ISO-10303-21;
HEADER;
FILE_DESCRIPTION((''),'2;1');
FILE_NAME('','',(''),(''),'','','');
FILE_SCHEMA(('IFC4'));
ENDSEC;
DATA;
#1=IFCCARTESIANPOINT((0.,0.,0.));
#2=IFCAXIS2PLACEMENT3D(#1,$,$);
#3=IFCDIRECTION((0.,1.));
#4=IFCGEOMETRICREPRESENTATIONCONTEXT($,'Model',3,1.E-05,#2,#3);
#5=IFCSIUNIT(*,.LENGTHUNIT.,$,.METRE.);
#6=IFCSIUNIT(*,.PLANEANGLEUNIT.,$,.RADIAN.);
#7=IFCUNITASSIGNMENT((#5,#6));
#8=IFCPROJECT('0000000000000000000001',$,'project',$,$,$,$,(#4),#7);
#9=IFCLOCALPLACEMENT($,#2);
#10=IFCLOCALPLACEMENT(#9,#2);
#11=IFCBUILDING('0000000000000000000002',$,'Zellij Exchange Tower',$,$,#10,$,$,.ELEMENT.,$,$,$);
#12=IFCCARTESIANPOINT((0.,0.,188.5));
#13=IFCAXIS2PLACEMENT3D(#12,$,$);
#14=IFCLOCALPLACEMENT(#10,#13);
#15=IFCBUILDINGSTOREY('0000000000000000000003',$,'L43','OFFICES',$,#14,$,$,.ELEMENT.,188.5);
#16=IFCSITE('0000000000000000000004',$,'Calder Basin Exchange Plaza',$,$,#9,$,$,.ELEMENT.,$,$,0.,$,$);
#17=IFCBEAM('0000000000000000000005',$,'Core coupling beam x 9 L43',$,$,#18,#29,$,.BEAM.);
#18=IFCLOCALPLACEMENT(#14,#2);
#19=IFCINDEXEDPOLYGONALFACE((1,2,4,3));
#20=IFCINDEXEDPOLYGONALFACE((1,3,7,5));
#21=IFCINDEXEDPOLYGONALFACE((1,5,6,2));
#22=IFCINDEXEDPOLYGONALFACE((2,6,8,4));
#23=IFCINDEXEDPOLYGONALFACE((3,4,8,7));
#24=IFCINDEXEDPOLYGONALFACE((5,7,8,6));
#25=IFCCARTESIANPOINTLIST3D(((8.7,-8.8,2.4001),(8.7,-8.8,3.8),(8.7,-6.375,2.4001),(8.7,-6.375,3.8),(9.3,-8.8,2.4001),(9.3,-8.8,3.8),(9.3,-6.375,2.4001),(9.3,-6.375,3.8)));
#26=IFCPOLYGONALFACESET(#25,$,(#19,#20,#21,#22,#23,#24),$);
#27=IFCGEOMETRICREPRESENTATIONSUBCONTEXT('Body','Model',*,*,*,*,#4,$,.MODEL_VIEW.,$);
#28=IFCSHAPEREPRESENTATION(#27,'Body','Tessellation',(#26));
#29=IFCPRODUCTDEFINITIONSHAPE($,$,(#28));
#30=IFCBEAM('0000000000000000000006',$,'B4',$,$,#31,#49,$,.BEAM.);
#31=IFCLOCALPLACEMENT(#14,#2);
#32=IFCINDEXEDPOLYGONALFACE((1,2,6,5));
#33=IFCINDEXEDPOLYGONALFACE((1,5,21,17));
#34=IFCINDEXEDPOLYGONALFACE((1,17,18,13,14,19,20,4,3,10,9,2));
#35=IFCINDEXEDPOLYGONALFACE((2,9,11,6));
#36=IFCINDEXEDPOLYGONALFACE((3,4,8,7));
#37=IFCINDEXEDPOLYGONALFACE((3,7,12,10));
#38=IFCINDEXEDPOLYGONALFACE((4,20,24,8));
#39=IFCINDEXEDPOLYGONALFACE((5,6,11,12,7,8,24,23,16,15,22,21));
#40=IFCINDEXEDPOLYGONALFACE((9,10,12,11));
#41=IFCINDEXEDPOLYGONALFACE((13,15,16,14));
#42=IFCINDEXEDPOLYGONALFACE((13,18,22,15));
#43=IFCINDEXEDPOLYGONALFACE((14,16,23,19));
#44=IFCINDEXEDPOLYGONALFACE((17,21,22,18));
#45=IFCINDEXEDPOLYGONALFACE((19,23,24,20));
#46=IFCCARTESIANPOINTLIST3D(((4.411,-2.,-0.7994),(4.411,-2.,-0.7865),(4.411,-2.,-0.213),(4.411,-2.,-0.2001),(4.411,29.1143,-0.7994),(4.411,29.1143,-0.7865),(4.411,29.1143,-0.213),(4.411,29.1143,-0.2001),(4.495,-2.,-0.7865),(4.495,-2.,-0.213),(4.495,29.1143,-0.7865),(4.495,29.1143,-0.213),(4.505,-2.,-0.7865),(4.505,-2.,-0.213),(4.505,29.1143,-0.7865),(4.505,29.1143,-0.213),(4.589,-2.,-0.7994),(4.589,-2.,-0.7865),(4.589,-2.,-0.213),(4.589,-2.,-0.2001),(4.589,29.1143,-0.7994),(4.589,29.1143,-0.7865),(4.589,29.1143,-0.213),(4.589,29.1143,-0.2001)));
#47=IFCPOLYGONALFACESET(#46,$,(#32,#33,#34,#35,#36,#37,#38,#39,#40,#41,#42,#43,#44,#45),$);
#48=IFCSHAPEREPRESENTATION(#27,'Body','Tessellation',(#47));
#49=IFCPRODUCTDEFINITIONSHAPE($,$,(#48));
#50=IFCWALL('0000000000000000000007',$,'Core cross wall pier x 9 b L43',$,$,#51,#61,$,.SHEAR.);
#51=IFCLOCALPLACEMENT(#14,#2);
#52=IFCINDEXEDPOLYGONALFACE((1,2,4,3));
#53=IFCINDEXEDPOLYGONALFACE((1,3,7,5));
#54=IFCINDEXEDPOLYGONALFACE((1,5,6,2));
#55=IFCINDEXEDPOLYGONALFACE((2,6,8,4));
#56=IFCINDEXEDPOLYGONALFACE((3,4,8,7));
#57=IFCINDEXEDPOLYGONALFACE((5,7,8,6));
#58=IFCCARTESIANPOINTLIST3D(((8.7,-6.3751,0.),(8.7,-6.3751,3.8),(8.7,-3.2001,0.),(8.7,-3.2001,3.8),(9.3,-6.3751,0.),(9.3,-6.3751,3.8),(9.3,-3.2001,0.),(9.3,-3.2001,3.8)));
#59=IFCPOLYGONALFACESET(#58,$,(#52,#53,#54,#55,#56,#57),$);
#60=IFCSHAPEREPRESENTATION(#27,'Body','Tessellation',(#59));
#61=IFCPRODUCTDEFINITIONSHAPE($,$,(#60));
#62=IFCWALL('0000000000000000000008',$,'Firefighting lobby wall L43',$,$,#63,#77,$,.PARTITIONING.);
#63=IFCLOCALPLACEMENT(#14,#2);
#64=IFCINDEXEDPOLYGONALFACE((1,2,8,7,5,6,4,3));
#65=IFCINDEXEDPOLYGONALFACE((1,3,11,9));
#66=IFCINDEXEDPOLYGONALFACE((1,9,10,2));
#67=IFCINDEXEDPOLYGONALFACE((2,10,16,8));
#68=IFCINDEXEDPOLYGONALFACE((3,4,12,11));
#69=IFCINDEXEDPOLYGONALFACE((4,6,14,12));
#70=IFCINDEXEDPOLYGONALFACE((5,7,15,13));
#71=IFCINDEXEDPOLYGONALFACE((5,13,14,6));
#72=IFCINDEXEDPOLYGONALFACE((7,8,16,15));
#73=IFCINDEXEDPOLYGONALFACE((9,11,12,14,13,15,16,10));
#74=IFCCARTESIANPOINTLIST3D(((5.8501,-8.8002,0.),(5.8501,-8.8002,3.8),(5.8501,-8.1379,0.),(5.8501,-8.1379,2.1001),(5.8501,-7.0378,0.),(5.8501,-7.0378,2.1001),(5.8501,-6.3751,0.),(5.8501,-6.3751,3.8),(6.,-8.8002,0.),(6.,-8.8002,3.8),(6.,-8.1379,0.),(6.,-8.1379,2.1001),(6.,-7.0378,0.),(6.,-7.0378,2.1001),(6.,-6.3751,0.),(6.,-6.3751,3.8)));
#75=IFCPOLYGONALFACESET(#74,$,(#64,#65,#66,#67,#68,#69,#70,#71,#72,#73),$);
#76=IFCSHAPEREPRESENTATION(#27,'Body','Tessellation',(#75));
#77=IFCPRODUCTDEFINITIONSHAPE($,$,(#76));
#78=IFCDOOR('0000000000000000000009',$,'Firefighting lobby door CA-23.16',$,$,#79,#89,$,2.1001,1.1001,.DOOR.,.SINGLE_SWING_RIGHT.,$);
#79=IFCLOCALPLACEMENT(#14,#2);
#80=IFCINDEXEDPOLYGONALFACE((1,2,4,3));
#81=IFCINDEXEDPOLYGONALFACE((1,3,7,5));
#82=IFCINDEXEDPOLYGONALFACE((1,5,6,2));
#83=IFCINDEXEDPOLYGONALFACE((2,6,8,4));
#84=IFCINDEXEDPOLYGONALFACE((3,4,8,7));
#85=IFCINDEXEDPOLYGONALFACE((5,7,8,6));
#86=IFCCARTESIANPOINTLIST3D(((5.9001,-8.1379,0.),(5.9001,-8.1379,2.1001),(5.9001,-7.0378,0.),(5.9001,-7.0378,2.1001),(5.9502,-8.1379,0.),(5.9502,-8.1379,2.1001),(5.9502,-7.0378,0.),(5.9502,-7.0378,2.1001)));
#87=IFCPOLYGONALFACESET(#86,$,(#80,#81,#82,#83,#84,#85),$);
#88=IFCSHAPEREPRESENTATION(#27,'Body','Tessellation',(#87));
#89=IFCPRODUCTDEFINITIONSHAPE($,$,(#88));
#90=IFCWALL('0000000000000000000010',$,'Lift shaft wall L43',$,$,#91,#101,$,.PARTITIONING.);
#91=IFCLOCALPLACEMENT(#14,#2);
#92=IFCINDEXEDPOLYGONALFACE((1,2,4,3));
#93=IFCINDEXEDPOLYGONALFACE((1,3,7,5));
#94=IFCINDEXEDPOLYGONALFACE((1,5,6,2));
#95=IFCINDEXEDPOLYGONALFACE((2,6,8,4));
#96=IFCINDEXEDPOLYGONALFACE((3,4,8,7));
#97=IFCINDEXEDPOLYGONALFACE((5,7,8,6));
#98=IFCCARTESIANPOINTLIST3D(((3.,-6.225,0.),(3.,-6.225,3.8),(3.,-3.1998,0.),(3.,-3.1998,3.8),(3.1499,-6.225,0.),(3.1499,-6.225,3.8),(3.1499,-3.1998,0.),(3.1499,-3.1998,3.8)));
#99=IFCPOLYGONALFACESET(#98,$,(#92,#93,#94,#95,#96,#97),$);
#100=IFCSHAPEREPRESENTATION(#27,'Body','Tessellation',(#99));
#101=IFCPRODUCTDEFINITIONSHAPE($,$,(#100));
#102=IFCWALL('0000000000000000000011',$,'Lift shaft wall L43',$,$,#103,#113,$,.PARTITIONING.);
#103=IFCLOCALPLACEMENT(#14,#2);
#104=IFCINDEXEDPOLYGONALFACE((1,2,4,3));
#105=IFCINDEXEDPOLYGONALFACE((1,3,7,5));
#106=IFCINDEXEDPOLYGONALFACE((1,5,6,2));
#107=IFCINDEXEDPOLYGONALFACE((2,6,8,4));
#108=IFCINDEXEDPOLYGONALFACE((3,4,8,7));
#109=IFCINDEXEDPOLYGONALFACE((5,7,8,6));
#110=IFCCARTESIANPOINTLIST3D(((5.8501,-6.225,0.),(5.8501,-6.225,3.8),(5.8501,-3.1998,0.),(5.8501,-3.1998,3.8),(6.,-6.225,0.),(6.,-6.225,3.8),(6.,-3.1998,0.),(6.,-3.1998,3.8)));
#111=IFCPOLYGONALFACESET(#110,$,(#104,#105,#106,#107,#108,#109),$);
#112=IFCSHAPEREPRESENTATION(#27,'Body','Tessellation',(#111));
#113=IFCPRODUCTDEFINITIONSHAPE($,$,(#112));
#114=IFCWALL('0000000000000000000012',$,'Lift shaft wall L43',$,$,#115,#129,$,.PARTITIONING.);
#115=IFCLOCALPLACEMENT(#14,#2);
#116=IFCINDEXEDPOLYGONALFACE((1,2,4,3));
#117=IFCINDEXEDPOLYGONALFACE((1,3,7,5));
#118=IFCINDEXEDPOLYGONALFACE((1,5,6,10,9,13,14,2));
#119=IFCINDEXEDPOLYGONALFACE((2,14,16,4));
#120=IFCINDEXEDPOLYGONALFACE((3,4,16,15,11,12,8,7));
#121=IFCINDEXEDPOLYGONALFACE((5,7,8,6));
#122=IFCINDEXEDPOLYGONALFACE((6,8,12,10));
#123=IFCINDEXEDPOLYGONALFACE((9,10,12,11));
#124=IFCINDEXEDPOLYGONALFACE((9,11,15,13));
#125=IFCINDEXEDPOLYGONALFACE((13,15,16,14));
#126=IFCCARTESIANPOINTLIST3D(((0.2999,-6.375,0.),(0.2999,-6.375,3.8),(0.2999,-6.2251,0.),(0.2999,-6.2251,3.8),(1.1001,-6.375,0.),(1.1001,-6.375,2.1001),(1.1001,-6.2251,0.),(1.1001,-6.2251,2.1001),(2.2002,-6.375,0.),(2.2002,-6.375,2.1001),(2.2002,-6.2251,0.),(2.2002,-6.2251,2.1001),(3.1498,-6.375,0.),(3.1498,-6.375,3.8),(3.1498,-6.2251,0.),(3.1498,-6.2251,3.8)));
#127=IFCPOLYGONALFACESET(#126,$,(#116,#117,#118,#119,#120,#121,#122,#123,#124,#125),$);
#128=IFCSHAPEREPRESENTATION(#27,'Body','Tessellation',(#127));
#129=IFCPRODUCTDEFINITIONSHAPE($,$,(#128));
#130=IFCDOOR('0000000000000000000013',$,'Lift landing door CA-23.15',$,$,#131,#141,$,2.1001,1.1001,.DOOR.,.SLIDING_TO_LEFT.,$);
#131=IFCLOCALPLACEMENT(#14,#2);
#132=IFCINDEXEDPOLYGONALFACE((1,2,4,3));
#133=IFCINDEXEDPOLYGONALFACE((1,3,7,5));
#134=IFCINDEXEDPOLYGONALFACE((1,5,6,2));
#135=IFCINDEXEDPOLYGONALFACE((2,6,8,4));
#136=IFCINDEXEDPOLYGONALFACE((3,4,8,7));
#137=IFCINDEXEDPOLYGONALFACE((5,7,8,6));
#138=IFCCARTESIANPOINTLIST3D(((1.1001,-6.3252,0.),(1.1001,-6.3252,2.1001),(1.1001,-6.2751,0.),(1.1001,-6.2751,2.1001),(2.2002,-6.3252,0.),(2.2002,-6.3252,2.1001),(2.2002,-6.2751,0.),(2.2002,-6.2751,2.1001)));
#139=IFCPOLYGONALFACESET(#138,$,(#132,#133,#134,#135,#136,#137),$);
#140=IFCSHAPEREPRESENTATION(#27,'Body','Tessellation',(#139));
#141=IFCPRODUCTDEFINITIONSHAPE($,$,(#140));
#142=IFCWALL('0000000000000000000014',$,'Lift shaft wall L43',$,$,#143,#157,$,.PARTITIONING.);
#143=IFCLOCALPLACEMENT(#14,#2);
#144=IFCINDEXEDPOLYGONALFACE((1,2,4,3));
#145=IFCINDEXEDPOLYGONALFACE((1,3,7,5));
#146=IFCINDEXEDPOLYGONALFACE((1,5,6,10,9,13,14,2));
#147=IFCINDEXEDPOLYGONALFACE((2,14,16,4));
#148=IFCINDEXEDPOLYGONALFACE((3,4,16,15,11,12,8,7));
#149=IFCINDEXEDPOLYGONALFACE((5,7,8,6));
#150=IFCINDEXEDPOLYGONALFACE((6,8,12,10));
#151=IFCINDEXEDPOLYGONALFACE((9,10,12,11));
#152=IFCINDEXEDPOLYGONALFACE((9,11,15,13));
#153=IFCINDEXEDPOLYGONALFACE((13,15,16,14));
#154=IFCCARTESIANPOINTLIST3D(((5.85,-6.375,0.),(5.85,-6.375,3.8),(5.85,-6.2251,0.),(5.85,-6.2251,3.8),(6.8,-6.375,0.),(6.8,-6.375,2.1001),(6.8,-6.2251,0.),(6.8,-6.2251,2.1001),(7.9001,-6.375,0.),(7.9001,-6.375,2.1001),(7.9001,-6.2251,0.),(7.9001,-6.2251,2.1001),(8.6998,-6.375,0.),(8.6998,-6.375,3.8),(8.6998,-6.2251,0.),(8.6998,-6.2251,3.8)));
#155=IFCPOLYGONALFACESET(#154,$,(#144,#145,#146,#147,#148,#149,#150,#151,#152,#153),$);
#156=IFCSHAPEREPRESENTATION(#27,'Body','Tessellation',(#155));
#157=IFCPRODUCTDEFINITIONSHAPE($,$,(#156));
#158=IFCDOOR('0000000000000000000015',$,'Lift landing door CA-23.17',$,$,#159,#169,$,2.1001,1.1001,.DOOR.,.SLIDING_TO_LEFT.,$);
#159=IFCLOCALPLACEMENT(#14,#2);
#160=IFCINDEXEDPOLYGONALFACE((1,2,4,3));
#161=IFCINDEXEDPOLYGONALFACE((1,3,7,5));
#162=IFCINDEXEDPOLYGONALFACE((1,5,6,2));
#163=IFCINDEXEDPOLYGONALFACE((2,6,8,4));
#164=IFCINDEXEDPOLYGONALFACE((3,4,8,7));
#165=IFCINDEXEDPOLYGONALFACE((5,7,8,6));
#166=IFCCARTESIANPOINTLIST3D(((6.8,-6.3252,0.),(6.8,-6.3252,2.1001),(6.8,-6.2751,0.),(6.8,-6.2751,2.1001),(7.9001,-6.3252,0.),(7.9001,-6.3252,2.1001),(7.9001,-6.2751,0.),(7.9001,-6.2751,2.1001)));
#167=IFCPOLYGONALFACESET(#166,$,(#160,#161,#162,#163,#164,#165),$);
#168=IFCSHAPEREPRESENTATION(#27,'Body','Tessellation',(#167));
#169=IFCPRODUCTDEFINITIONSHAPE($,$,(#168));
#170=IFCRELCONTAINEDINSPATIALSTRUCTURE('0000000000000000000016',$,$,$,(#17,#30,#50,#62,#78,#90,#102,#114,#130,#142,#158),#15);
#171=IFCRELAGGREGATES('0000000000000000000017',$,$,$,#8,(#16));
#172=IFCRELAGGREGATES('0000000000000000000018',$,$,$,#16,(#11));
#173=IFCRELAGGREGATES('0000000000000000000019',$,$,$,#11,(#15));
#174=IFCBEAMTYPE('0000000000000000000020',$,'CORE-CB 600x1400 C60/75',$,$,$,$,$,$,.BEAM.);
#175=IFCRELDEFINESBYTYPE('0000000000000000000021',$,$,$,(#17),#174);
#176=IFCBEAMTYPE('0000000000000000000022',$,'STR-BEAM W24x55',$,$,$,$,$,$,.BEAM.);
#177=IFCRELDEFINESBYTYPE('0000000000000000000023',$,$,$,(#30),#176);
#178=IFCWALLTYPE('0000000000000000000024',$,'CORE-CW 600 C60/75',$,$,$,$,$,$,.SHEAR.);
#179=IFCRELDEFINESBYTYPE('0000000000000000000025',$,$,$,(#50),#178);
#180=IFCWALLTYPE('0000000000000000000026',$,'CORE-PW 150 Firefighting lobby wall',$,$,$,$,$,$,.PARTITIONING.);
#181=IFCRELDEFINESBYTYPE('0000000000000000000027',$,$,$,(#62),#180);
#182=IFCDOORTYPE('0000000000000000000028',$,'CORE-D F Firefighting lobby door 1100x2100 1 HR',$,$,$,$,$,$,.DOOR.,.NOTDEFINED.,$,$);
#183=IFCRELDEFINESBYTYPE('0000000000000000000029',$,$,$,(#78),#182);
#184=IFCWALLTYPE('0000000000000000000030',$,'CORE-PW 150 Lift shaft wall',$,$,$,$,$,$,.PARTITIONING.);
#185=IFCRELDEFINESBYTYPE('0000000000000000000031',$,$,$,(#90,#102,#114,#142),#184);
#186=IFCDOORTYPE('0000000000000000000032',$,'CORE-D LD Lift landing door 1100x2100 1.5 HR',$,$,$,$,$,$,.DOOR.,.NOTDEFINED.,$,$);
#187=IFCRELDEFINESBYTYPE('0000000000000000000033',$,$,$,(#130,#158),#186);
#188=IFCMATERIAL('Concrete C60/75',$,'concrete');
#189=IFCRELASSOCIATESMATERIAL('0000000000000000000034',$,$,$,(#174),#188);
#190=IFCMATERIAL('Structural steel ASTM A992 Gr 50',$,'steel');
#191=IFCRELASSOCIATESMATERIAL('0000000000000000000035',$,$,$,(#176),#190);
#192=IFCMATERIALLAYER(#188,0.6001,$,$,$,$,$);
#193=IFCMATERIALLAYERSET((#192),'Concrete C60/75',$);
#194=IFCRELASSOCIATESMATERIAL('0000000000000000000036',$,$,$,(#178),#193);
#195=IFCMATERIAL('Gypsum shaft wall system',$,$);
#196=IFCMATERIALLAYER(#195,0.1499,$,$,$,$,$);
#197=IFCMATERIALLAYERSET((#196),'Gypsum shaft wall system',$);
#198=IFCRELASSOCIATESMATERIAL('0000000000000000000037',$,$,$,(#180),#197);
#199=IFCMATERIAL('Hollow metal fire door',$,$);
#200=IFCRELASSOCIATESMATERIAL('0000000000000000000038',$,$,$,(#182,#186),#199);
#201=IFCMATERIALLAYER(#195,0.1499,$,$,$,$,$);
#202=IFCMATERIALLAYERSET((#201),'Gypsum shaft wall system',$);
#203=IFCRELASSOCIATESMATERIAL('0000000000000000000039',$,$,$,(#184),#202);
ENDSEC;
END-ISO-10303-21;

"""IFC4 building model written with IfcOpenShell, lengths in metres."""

from ifc_helpers import new_model, si_unit, direction, frame, frame_2d, origin, origin_2d, place, context, subcontext, project, spatial, rectangle, i_section, extrude, material, layer, layer_set, material_profile, profile_set, type_object, element, fill, save


model = new_model("IFC4")

# Units and contexts
model_context = context("Model", 3, precision=1e-05, world=origin(), true_north=direction((0.0, 1.0)))
body_context = subcontext(model_context, "Body", "Model", "MODEL_VIEW")
ifc_project = project(units=[si_unit("LENGTHUNIT", "METRE"), si_unit("PLANEANGLEUNIT", "RADIAN")], contexts=[model_context])

# Site, building, storey
site_placement = place(None, origin())
site = spatial("IfcSite", under=ifc_project, at=site_placement, Name="Calder Basin Exchange Plaza", CompositionType="ELEMENT", RefElevation=0.0)
building_placement = place(site_placement, origin())
building = spatial("IfcBuilding", under=site, at=building_placement, Name="Zellij Exchange Tower", CompositionType="ELEMENT")
storey_placement = place(building_placement, frame((0.0, 0.0, 188.5)))
storey = spatial("IfcBuildingStorey", under=building, at=storey_placement, Name="L43", Description="OFFICES", CompositionType="ELEMENT", Elevation=188.5)

# Beams
ifc_material_1 = material(Name="Concrete C60/75", Category="concrete")
ifc_material_profile_1 = material_profile(ifc_material_1, rectangle(XDim=0.6001, YDim=1.3999, at=origin_2d()), Name="CORE-CB 600x1400 C60/75")
ifc_profile_set_1 = profile_set([ifc_material_profile_1], Name="Concrete C60/75")
beam_type_1 = type_object("IfcBeamType", Name="CORE-CB 600x1400 C60/75", PredefinedType="BEAM", material=ifc_profile_set_1)
beam_1_placement = place(storey_placement, frame((9.0, -8.8, 3.1001), z_axis=(0.0, 1.0, 0.0), x_axis=(-1.0, 0.0, 0.0)))
element("IfcBeam", 1, at=beam_1_placement, inside=storey, type_object=beam_type_1, Name="Core coupling beam x 9 L43", PredefinedType="BEAM", context=body_context, shape_type="SweptSolid", body=[
    extrude(rectangle(XDim=0.6001, YDim=1.3999, at=origin_2d()), origin(), (0.0, 0.0, 1.0), 2.425),
])
ifc_material_2 = material(Name="Structural steel ASTM A992 Gr 50", Category="steel")
ifc_material_profile_2 = material_profile(ifc_material_2, i_section(OverallWidth=0.178, OverallDepth=0.5994, WebThickness=0.01, FlangeThickness=0.0129, at=origin_2d()), Name="W24x55")
ifc_profile_set_2 = profile_set([ifc_material_profile_2], Name="Structural steel ASTM A992 Gr 50")
beam_type_2 = type_object("IfcBeamType", Name="STR-BEAM W24x55", PredefinedType="BEAM", material=ifc_profile_set_2)
beam_2_placement = place(storey_placement, frame((4.5, -2.0, -0.4998), z_axis=(0.0, 1.0, 0.0), x_axis=(-1.0, 0.0, 0.0)))
element("IfcBeam", 2, at=beam_2_placement, inside=storey, type_object=beam_type_2, Name="B4", PredefinedType="BEAM", context=body_context, shape_type="SweptSolid", body=[
    extrude(i_section(OverallWidth=0.178, OverallDepth=0.5994, WebThickness=0.01, FlangeThickness=0.0129, at=origin_2d()), origin(), (0.0, 0.0, 1.0), 31.1143),
])

# Wall
ifc_layer_1 = layer(ifc_material_1, 0.6001)
ifc_layer_set_1 = layer_set([ifc_layer_1], Name="Concrete C60/75")
wall_type_1 = type_object("IfcWallType", Name="CORE-CW 600 C60/75", PredefinedType="SHEAR", material=ifc_layer_set_1)
wall_1_placement = place(storey_placement, frame((9.0, -6.375, 0.0), z_axis=(0.0, 0.0, 1.0), x_axis=(0.0, 1.0, 0.0)))
element("IfcWall", 3, at=wall_1_placement, inside=storey, type_object=wall_type_1, Name="Core cross wall pier x 9 b L43", PredefinedType="SHEAR", context=body_context, shape_type="SweptSolid", body=[
    extrude(rectangle(XDim=3.175, YDim=0.6001, at=frame_2d((1.5874, 0.0))), origin(), (0.0, 0.0, 1.0), 3.8),
])

# Wall, opening, door
ifc_material_3 = material(Name="Gypsum shaft wall system")
ifc_layer_2 = layer(ifc_material_3, 0.1499)
ifc_layer_set_2 = layer_set([ifc_layer_2], Name="Gypsum shaft wall system")
wall_type_2 = type_object("IfcWallType", Name="CORE-PW 150 Firefighting lobby wall", PredefinedType="PARTITIONING", material=ifc_layer_set_2)
wall_2_placement = place(storey_placement, frame((5.925, -8.8, 0.0), z_axis=(0.0, 0.0, 1.0), x_axis=(0.0, 1.0, 0.0)))
wall_2 = element("IfcWall", 4, at=wall_2_placement, inside=storey, type_object=wall_type_2, Name="Firefighting lobby wall L43", PredefinedType="PARTITIONING", context=body_context, shape_type="SweptSolid", body=[
    extrude(rectangle(XDim=2.425, YDim=0.1499, at=frame_2d((1.2124, 0.0))), origin(), (0.0, 0.0, 1.0), 3.8),
])
opening_1_placement = place(wall_2_placement, frame((0.6621, 0.0, 0.0)))
opening_1 = element("IfcOpeningElement", 5, at=opening_1_placement, cuts=wall_2, PredefinedType="OPENING", context=body_context, shape_type="SweptSolid", body=[
    extrude(rectangle(XDim=1.1001, YDim=2.1001, at=frame_2d((0.55, 1.05))), frame((0.0, 0.0869, 0.0), z_axis=(0.0, -1.0, 0.0), x_axis=(1.0, 0.0, 0.0)), (0.0, 0.0, 1.0), 0.1738),
])
ifc_material_4 = material(Name="Hollow metal fire door")
door_type_1 = type_object("IfcDoorType", Name="CORE-D F Firefighting lobby door 1100x2100 1 HR", OperationType="NOTDEFINED", PredefinedType="DOOR", material=ifc_material_4)
door_1_placement = place(opening_1_placement, origin())
door_1 = element("IfcDoor", 6, at=door_1_placement, inside=storey, type_object=door_type_1, Name="Firefighting lobby door CA-23.16", OperationType="SINGLE_SWING_RIGHT", OverallHeight=2.1001, OverallWidth=1.1001, PredefinedType="DOOR", context=body_context, shape_type="SweptSolid", body=[
    extrude(rectangle(XDim=1.1001, YDim=2.1001, at=frame_2d((0.55, 1.05))), frame((0.0, 0.0249, 0.0), z_axis=(0.0, -1.0, 0.0), x_axis=(1.0, 0.0, 0.0)), (0.0, 0.0, 1.0), 0.05),
])
fill(opening_1, door_1)

# Walls
ifc_layer_3 = layer(ifc_material_3, 0.1499)
ifc_layer_set_3 = layer_set([ifc_layer_3], Name="Gypsum shaft wall system")
wall_type_3 = type_object("IfcWallType", Name="CORE-PW 150 Lift shaft wall", PredefinedType="PARTITIONING", material=ifc_layer_set_3)
for number, where, z_axis, x_axis, name in (
    (7, (3.075, -6.2251, 0.0), (0.0, 0.0, 1.0), (0.0, 1.0, 0.0), "Lift shaft wall L43"),
    (8, (5.925, -6.2251, 0.0), (0.0, 0.0, 1.0), (0.0, 1.0, 0.0), "Lift shaft wall L43"),
):
    element("IfcWall", number, at=place(storey_placement, frame(where, z_axis=z_axis, x_axis=x_axis)), inside=storey, type_object=wall_type_3, Name=name, PredefinedType="PARTITIONING", context=body_context, shape_type="SweptSolid", body=[
        extrude(rectangle(XDim=3.0251, YDim=0.1499, at=frame_2d((1.5127, 0.0))), origin(), (0.0, 0.0, 1.0), 3.8),
    ])

# Walls, openings, doors
wall_3_placement = place(storey_placement, frame((0.3, -6.3, 0.0), z_axis=(0.0, 0.0, 1.0), x_axis=(1.0, 0.0, 0.0)))
wall_3 = element("IfcWall", 9, at=wall_3_placement, inside=storey, type_object=wall_type_3, Name="Lift shaft wall L43", PredefinedType="PARTITIONING", context=body_context, shape_type="SweptSolid", body=[
    extrude(rectangle(XDim=2.8499, YDim=0.1499, at=frame_2d((1.4248, 0.0))), origin(), (0.0, 0.0, 1.0), 3.8),
])
opening_2_placement = place(wall_3_placement, frame((0.8, 0.0, 0.0)))
opening_2 = element("IfcOpeningElement", 10, at=opening_2_placement, cuts=wall_3, PredefinedType="OPENING", context=body_context, shape_type="SweptSolid", body=[
    extrude(rectangle(XDim=1.1001, YDim=2.1001, at=frame_2d((0.55, 1.05))), frame((0.0, 0.0869, 0.0), z_axis=(0.0, -1.0, 0.0), x_axis=(1.0, 0.0, 0.0)), (0.0, 0.0, 1.0), 0.1738),
])
door_type_2 = type_object("IfcDoorType", Name="CORE-D LD Lift landing door 1100x2100 1.5 HR", OperationType="NOTDEFINED", PredefinedType="DOOR", material=ifc_material_4)
door_2_placement = place(opening_2_placement, origin())
door_2 = element("IfcDoor", 11, at=door_2_placement, inside=storey, type_object=door_type_2, Name="Lift landing door CA-23.15", OperationType="SLIDING_TO_LEFT", OverallHeight=2.1001, OverallWidth=1.1001, PredefinedType="DOOR", context=body_context, shape_type="SweptSolid", body=[
    extrude(rectangle(XDim=1.1001, YDim=2.1001, at=frame_2d((0.55, 1.05))), frame((0.0, 0.0249, 0.0), z_axis=(0.0, -1.0, 0.0), x_axis=(1.0, 0.0, 0.0)), (0.0, 0.0, 1.0), 0.05),
])
fill(opening_2, door_2)
wall_4_placement = place(storey_placement, frame((5.8501, -6.3, 0.0), z_axis=(0.0, 0.0, 1.0), x_axis=(1.0, 0.0, 0.0)))
wall_4 = element("IfcWall", 12, at=wall_4_placement, inside=storey, type_object=wall_type_3, Name="Lift shaft wall L43", PredefinedType="PARTITIONING", context=body_context, shape_type="SweptSolid", body=[
    extrude(rectangle(XDim=2.8499, YDim=0.1499, at=frame_2d((1.4248, 0.0))), origin(), (0.0, 0.0, 1.0), 3.8),
])
opening_3_placement = place(wall_4_placement, frame((0.95, 0.0, 0.0)))
opening_3 = element("IfcOpeningElement", 13, at=opening_3_placement, cuts=wall_4, PredefinedType="OPENING", context=body_context, shape_type="SweptSolid", body=[
    extrude(rectangle(XDim=1.1001, YDim=2.1001, at=frame_2d((0.55, 1.05))), frame((0.0, 0.0869, 0.0), z_axis=(0.0, -1.0, 0.0), x_axis=(1.0, 0.0, 0.0)), (0.0, 0.0, 1.0), 0.1738),
])
door_3_placement = place(opening_3_placement, origin())
door_3 = element("IfcDoor", 14, at=door_3_placement, inside=storey, type_object=door_type_2, Name="Lift landing door CA-23.17", OperationType="SLIDING_TO_LEFT", OverallHeight=2.1001, OverallWidth=1.1001, PredefinedType="DOOR", context=body_context, shape_type="SweptSolid", body=[
    extrude(rectangle(XDim=1.1001, YDim=2.1001, at=frame_2d((0.55, 1.05))), frame((0.0, 0.0249, 0.0), z_axis=(0.0, -1.0, 0.0), x_axis=(1.0, 0.0, 0.0)), (0.0, 0.0, 1.0), 0.05),
])
fill(opening_3, door_3)

save(model, "model.ifc")
